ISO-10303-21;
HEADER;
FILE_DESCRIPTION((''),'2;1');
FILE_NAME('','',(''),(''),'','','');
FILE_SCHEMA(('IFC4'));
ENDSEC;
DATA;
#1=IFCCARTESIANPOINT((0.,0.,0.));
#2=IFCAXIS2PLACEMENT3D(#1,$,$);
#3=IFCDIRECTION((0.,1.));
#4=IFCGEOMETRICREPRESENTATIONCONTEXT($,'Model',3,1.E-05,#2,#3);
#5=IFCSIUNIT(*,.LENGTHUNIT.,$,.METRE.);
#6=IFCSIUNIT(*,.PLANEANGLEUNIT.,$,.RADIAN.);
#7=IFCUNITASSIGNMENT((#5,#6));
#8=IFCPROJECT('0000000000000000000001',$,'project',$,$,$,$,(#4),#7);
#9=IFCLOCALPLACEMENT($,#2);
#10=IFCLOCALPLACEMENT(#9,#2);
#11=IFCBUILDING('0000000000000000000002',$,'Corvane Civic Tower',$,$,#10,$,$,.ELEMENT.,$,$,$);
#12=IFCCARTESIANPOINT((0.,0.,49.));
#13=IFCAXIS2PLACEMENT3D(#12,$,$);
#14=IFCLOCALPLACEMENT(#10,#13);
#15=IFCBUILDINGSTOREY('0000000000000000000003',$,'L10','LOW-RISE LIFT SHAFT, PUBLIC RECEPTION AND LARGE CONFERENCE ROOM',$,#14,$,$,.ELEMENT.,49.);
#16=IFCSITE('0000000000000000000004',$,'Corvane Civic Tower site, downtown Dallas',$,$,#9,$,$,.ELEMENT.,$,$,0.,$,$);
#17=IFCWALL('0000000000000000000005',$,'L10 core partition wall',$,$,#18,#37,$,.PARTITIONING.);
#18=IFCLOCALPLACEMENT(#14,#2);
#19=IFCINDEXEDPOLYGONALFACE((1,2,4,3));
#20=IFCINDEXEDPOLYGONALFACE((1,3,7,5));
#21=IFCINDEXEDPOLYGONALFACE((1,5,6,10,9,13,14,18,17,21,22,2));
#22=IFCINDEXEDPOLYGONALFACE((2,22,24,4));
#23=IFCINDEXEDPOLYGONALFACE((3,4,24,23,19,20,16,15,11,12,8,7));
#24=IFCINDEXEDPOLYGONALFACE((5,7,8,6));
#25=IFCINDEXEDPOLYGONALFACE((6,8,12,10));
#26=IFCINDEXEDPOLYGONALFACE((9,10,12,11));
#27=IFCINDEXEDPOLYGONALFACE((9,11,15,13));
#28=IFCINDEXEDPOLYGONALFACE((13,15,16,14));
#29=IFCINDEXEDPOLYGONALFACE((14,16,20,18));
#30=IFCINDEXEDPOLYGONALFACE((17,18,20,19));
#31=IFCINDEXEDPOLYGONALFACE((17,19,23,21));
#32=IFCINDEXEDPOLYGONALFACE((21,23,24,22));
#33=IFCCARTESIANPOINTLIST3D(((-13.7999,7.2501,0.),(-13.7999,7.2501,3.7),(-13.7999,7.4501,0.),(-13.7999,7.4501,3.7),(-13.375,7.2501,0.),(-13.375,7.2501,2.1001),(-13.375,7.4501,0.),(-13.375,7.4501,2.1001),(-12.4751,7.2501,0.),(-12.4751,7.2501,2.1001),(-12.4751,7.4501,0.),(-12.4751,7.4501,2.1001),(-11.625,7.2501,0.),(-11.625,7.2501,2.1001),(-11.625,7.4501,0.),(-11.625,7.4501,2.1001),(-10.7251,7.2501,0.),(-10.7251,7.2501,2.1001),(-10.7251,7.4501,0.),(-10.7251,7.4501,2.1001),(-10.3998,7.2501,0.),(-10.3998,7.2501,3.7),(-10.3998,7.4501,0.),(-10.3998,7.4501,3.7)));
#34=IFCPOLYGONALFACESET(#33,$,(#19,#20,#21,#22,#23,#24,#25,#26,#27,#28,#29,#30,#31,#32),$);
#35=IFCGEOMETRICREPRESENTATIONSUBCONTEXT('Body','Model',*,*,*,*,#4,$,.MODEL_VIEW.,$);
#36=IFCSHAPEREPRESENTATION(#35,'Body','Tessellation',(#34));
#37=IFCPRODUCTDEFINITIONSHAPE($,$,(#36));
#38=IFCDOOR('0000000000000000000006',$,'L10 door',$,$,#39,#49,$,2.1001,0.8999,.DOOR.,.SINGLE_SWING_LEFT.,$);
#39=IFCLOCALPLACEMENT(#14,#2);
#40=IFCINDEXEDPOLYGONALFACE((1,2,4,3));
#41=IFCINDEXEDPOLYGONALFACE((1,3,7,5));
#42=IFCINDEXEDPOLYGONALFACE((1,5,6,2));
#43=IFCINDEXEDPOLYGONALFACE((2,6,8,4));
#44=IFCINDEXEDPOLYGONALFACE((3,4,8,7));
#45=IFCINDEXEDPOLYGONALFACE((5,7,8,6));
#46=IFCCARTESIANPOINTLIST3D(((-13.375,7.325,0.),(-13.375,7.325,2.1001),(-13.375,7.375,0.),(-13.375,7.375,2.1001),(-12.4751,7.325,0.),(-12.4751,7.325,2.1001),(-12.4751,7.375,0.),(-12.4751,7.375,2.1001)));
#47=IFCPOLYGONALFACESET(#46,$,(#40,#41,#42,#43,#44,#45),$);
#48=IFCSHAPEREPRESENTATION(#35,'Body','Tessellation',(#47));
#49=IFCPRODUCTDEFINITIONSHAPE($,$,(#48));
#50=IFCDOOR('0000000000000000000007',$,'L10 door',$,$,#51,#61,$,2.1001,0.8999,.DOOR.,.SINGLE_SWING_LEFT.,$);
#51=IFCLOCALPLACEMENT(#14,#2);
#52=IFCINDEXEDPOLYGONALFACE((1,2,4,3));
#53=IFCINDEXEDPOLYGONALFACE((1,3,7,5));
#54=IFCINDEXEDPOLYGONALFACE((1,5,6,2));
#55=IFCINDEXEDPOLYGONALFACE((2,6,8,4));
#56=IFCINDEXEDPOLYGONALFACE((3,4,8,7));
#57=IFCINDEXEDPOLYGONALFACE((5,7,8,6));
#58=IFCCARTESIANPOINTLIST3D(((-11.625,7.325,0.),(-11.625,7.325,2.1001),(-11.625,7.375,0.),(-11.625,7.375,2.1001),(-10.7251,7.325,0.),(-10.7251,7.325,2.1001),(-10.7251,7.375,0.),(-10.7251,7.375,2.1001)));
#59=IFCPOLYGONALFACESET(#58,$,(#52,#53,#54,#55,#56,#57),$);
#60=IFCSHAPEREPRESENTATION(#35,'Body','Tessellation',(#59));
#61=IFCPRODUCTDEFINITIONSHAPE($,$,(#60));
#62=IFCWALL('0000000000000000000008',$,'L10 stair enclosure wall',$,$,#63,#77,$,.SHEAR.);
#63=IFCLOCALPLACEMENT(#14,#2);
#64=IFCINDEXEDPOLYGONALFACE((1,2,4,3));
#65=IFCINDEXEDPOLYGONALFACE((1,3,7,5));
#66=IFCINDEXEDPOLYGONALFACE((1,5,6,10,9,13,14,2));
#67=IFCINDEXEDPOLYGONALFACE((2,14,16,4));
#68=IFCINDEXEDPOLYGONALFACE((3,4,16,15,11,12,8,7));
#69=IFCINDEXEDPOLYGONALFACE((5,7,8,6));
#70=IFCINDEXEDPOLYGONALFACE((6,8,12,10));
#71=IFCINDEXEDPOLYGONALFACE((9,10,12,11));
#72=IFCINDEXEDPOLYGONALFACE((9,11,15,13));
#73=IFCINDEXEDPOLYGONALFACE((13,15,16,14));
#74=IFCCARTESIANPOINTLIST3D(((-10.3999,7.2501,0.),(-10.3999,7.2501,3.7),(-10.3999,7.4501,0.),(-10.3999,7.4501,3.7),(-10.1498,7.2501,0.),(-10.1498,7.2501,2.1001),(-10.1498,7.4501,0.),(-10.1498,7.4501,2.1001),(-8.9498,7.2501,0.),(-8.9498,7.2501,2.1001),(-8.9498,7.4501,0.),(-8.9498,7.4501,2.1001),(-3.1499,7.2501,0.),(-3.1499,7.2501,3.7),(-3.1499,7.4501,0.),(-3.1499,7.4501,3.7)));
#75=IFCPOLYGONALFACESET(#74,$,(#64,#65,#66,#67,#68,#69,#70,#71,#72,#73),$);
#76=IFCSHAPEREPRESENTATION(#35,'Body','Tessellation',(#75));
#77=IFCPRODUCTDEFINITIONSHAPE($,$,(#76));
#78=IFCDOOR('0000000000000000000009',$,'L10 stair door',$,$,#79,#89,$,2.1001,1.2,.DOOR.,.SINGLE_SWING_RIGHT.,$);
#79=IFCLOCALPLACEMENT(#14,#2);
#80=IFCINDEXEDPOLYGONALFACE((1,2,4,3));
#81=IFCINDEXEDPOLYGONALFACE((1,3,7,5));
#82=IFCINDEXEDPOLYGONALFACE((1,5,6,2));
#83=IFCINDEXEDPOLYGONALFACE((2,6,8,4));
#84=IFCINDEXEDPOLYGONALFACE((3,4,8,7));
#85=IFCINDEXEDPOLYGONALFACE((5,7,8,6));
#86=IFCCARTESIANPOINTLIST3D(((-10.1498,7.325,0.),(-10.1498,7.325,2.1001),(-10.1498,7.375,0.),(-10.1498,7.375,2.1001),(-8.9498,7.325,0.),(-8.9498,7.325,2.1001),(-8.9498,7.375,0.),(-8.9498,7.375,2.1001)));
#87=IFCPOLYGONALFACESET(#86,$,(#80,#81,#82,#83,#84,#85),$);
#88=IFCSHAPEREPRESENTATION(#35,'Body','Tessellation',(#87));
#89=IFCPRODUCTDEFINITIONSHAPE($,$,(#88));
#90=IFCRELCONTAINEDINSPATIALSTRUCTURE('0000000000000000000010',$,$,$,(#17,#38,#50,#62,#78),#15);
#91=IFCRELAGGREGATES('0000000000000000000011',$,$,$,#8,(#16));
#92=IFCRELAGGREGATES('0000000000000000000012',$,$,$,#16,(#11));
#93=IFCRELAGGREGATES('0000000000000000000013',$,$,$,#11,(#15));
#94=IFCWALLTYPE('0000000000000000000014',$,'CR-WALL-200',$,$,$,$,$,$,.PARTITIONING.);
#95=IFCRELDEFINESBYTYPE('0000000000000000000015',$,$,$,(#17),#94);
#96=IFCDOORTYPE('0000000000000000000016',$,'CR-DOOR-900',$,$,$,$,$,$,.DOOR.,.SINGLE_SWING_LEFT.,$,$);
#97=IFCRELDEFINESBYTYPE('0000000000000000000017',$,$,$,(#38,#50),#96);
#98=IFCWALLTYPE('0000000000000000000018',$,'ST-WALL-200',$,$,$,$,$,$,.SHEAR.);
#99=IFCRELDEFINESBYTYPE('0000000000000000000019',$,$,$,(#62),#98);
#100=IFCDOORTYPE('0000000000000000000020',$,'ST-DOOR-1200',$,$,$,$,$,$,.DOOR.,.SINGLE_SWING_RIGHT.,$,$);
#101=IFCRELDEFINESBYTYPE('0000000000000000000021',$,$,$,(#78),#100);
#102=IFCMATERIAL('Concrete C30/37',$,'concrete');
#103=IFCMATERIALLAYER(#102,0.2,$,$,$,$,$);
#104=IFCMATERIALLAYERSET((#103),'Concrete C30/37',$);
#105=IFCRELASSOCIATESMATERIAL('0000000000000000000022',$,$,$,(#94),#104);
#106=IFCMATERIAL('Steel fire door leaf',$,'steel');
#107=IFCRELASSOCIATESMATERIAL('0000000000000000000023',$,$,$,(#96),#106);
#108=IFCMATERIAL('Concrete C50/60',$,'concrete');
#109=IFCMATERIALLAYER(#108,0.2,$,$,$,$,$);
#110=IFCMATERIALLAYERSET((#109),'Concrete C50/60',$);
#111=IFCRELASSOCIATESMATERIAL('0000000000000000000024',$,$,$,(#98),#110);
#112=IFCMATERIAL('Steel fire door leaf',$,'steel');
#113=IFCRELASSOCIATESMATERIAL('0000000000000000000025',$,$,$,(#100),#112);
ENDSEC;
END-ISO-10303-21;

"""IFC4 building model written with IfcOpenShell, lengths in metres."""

from ifc_helpers import new_model, si_unit, direction, frame, frame_2d, origin, place, context, subcontext, project, spatial, rectangle, extrude, material, layer, layer_set, type_object, element, fill, save


model = new_model("IFC4")

# Units and contexts
model_context = context("Model", 3, precision=1e-05, world=origin(), true_north=direction((0.0, 1.0)))
body_context = subcontext(model_context, "Body", "Model", "MODEL_VIEW")
ifc_project = project(units=[si_unit("LENGTHUNIT", "METRE"), si_unit("PLANEANGLEUNIT", "RADIAN")], contexts=[model_context])

# Site, building, storey
site_placement = place(None, origin())
site = spatial("IfcSite", under=ifc_project, at=site_placement, Name="Corvane Civic Tower site, downtown Dallas", CompositionType="ELEMENT", RefElevation=0.0)
building_placement = place(site_placement, origin())
building = spatial("IfcBuilding", under=site, at=building_placement, Name="Corvane Civic Tower", CompositionType="ELEMENT")
storey_placement = place(building_placement, frame((0.0, 0.0, 49.0)))
storey = spatial("IfcBuildingStorey", under=building, at=storey_placement, Name="L10", Description="LOW-RISE LIFT SHAFT, PUBLIC RECEPTION AND LARGE CONFERENCE ROOM", CompositionType="ELEMENT", Elevation=49.0)

# Wall, openings, doors
ifc_material_1 = material(Name="Concrete C30/37", Category="concrete")
ifc_layer_1 = layer(ifc_material_1, 0.2)
ifc_layer_set_1 = layer_set([ifc_layer_1], Name="Concrete C30/37")
wall_type_1 = type_object("IfcWallType", Name="CR-WALL-200", PredefinedType="PARTITIONING", material=ifc_layer_set_1)
wall_1_placement = place(storey_placement, frame((-13.8, 7.3501, 0.0), z_axis=(0.0, 0.0, 1.0), x_axis=(1.0, 0.0, 0.0)))
wall_1 = element("IfcWall", 1, at=wall_1_placement, inside=storey, type_object=wall_type_1, Name="L10 core partition wall", PredefinedType="PARTITIONING", context=body_context, shape_type="SweptSolid", body=[
    extrude(rectangle(XDim=3.4001, YDim=0.2, at=frame_2d((1.7002, 0.0))), origin(), (0.0, 0.0, 1.0), 3.7),
])
opening_1_placement = place(wall_1_placement, frame((0.425, 0.0, 0.0)))
opening_1 = element("IfcOpeningElement", 2, at=opening_1_placement, cuts=wall_1, PredefinedType="OPENING", context=body_context, shape_type="SweptSolid", body=[
    extrude(rectangle(XDim=0.8999, YDim=2.1001, at=frame_2d((0.45, 1.05))), frame((0.0, 0.1099, 0.0), z_axis=(0.0, -1.0, 0.0), x_axis=(1.0, 0.0, 0.0)), (0.0, 0.0, 1.0), 0.22),
])
opening_2_placement = place(wall_1_placement, frame((2.175, 0.0, 0.0)))
opening_2 = element("IfcOpeningElement", 3, at=opening_2_placement, cuts=wall_1, PredefinedType="OPENING", context=body_context, shape_type="SweptSolid", body=[
    extrude(rectangle(XDim=0.8999, YDim=2.1001, at=frame_2d((0.45, 1.05))), frame((0.0, 0.1099, 0.0), z_axis=(0.0, -1.0, 0.0), x_axis=(1.0, 0.0, 0.0)), (0.0, 0.0, 1.0), 0.22),
])
ifc_material_2 = material(Name="Steel fire door leaf", Category="steel")
door_type_1 = type_object("IfcDoorType", Name="CR-DOOR-900", OperationType="SINGLE_SWING_LEFT", PredefinedType="DOOR", material=ifc_material_2)
door_1_placement = place(opening_1_placement, origin())
door_1 = element("IfcDoor", 4, at=door_1_placement, inside=storey, type_object=door_type_1, Name="L10 door", OperationType="SINGLE_SWING_LEFT", OverallHeight=2.1001, OverallWidth=0.8999, PredefinedType="DOOR", context=body_context, shape_type="SweptSolid", body=[
    extrude(rectangle(XDim=0.8999, YDim=2.1001, at=frame_2d((0.45, 1.05))), frame((0.0, 0.0249, 0.0), z_axis=(0.0, -1.0, 0.0), x_axis=(1.0, 0.0, 0.0)), (0.0, 0.0, 1.0), 0.05),
])
fill(opening_1, door_1)
door_2_placement = place(opening_2_placement, origin())
door_2 = element("IfcDoor", 5, at=door_2_placement, inside=storey, type_object=door_type_1, Name="L10 door", OperationType="SINGLE_SWING_LEFT", OverallHeight=2.1001, OverallWidth=0.8999, PredefinedType="DOOR", context=body_context, shape_type="SweptSolid", body=[
    extrude(rectangle(XDim=0.8999, YDim=2.1001, at=frame_2d((0.45, 1.05))), frame((0.0, 0.0249, 0.0), z_axis=(0.0, -1.0, 0.0), x_axis=(1.0, 0.0, 0.0)), (0.0, 0.0, 1.0), 0.05),
])
fill(opening_2, door_2)

# Wall, opening, door
ifc_material_3 = material(Name="Concrete C50/60", Category="concrete")
ifc_layer_2 = layer(ifc_material_3, 0.2)
ifc_layer_set_2 = layer_set([ifc_layer_2], Name="Concrete C50/60")
wall_type_2 = type_object("IfcWallType", Name="ST-WALL-200", PredefinedType="SHEAR", material=ifc_layer_set_2)
wall_2_placement = place(storey_placement, frame((-10.3999, 7.3501, 0.0), z_axis=(0.0, 0.0, 1.0), x_axis=(1.0, 0.0, 0.0)))
wall_2 = element("IfcWall", 6, at=wall_2_placement, inside=storey, type_object=wall_type_2, Name="L10 stair enclosure wall", PredefinedType="SHEAR", context=body_context, shape_type="SweptSolid", body=[
    extrude(rectangle(XDim=7.25, YDim=0.2, at=frame_2d((3.625, 0.0))), origin(), (0.0, 0.0, 1.0), 3.7),
])
opening_3_placement = place(wall_2_placement, frame((0.25, 0.0, 0.0)))
opening_3 = element("IfcOpeningElement", 7, at=opening_3_placement, cuts=wall_2, PredefinedType="OPENING", context=body_context, shape_type="SweptSolid", body=[
    extrude(rectangle(XDim=1.2, YDim=2.1001, at=frame_2d((0.6001, 1.05))), frame((0.0, 0.1099, 0.0), z_axis=(0.0, -1.0, 0.0), x_axis=(1.0, 0.0, 0.0)), (0.0, 0.0, 1.0), 0.22),
])
ifc_material_4 = material(Name="Steel fire door leaf", Category="steel")
door_type_2 = type_object("IfcDoorType", Name="ST-DOOR-1200", OperationType="SINGLE_SWING_RIGHT", PredefinedType="DOOR", material=ifc_material_4)
door_3_placement = place(opening_3_placement, origin())
door_3 = element("IfcDoor", 8, at=door_3_placement, inside=storey, type_object=door_type_2, Name="L10 stair door", OperationType="SINGLE_SWING_RIGHT", OverallHeight=2.1001, OverallWidth=1.2, PredefinedType="DOOR", context=body_context, shape_type="SweptSolid", body=[
    extrude(rectangle(XDim=1.2, YDim=2.1001, at=frame_2d((0.6001, 1.05))), frame((0.0, 0.0249, 0.0), z_axis=(0.0, -1.0, 0.0), x_axis=(1.0, 0.0, 0.0)), (0.0, 0.0, 1.0), 0.05),
])
fill(opening_3, door_3)

save(model, "model.ifc")
